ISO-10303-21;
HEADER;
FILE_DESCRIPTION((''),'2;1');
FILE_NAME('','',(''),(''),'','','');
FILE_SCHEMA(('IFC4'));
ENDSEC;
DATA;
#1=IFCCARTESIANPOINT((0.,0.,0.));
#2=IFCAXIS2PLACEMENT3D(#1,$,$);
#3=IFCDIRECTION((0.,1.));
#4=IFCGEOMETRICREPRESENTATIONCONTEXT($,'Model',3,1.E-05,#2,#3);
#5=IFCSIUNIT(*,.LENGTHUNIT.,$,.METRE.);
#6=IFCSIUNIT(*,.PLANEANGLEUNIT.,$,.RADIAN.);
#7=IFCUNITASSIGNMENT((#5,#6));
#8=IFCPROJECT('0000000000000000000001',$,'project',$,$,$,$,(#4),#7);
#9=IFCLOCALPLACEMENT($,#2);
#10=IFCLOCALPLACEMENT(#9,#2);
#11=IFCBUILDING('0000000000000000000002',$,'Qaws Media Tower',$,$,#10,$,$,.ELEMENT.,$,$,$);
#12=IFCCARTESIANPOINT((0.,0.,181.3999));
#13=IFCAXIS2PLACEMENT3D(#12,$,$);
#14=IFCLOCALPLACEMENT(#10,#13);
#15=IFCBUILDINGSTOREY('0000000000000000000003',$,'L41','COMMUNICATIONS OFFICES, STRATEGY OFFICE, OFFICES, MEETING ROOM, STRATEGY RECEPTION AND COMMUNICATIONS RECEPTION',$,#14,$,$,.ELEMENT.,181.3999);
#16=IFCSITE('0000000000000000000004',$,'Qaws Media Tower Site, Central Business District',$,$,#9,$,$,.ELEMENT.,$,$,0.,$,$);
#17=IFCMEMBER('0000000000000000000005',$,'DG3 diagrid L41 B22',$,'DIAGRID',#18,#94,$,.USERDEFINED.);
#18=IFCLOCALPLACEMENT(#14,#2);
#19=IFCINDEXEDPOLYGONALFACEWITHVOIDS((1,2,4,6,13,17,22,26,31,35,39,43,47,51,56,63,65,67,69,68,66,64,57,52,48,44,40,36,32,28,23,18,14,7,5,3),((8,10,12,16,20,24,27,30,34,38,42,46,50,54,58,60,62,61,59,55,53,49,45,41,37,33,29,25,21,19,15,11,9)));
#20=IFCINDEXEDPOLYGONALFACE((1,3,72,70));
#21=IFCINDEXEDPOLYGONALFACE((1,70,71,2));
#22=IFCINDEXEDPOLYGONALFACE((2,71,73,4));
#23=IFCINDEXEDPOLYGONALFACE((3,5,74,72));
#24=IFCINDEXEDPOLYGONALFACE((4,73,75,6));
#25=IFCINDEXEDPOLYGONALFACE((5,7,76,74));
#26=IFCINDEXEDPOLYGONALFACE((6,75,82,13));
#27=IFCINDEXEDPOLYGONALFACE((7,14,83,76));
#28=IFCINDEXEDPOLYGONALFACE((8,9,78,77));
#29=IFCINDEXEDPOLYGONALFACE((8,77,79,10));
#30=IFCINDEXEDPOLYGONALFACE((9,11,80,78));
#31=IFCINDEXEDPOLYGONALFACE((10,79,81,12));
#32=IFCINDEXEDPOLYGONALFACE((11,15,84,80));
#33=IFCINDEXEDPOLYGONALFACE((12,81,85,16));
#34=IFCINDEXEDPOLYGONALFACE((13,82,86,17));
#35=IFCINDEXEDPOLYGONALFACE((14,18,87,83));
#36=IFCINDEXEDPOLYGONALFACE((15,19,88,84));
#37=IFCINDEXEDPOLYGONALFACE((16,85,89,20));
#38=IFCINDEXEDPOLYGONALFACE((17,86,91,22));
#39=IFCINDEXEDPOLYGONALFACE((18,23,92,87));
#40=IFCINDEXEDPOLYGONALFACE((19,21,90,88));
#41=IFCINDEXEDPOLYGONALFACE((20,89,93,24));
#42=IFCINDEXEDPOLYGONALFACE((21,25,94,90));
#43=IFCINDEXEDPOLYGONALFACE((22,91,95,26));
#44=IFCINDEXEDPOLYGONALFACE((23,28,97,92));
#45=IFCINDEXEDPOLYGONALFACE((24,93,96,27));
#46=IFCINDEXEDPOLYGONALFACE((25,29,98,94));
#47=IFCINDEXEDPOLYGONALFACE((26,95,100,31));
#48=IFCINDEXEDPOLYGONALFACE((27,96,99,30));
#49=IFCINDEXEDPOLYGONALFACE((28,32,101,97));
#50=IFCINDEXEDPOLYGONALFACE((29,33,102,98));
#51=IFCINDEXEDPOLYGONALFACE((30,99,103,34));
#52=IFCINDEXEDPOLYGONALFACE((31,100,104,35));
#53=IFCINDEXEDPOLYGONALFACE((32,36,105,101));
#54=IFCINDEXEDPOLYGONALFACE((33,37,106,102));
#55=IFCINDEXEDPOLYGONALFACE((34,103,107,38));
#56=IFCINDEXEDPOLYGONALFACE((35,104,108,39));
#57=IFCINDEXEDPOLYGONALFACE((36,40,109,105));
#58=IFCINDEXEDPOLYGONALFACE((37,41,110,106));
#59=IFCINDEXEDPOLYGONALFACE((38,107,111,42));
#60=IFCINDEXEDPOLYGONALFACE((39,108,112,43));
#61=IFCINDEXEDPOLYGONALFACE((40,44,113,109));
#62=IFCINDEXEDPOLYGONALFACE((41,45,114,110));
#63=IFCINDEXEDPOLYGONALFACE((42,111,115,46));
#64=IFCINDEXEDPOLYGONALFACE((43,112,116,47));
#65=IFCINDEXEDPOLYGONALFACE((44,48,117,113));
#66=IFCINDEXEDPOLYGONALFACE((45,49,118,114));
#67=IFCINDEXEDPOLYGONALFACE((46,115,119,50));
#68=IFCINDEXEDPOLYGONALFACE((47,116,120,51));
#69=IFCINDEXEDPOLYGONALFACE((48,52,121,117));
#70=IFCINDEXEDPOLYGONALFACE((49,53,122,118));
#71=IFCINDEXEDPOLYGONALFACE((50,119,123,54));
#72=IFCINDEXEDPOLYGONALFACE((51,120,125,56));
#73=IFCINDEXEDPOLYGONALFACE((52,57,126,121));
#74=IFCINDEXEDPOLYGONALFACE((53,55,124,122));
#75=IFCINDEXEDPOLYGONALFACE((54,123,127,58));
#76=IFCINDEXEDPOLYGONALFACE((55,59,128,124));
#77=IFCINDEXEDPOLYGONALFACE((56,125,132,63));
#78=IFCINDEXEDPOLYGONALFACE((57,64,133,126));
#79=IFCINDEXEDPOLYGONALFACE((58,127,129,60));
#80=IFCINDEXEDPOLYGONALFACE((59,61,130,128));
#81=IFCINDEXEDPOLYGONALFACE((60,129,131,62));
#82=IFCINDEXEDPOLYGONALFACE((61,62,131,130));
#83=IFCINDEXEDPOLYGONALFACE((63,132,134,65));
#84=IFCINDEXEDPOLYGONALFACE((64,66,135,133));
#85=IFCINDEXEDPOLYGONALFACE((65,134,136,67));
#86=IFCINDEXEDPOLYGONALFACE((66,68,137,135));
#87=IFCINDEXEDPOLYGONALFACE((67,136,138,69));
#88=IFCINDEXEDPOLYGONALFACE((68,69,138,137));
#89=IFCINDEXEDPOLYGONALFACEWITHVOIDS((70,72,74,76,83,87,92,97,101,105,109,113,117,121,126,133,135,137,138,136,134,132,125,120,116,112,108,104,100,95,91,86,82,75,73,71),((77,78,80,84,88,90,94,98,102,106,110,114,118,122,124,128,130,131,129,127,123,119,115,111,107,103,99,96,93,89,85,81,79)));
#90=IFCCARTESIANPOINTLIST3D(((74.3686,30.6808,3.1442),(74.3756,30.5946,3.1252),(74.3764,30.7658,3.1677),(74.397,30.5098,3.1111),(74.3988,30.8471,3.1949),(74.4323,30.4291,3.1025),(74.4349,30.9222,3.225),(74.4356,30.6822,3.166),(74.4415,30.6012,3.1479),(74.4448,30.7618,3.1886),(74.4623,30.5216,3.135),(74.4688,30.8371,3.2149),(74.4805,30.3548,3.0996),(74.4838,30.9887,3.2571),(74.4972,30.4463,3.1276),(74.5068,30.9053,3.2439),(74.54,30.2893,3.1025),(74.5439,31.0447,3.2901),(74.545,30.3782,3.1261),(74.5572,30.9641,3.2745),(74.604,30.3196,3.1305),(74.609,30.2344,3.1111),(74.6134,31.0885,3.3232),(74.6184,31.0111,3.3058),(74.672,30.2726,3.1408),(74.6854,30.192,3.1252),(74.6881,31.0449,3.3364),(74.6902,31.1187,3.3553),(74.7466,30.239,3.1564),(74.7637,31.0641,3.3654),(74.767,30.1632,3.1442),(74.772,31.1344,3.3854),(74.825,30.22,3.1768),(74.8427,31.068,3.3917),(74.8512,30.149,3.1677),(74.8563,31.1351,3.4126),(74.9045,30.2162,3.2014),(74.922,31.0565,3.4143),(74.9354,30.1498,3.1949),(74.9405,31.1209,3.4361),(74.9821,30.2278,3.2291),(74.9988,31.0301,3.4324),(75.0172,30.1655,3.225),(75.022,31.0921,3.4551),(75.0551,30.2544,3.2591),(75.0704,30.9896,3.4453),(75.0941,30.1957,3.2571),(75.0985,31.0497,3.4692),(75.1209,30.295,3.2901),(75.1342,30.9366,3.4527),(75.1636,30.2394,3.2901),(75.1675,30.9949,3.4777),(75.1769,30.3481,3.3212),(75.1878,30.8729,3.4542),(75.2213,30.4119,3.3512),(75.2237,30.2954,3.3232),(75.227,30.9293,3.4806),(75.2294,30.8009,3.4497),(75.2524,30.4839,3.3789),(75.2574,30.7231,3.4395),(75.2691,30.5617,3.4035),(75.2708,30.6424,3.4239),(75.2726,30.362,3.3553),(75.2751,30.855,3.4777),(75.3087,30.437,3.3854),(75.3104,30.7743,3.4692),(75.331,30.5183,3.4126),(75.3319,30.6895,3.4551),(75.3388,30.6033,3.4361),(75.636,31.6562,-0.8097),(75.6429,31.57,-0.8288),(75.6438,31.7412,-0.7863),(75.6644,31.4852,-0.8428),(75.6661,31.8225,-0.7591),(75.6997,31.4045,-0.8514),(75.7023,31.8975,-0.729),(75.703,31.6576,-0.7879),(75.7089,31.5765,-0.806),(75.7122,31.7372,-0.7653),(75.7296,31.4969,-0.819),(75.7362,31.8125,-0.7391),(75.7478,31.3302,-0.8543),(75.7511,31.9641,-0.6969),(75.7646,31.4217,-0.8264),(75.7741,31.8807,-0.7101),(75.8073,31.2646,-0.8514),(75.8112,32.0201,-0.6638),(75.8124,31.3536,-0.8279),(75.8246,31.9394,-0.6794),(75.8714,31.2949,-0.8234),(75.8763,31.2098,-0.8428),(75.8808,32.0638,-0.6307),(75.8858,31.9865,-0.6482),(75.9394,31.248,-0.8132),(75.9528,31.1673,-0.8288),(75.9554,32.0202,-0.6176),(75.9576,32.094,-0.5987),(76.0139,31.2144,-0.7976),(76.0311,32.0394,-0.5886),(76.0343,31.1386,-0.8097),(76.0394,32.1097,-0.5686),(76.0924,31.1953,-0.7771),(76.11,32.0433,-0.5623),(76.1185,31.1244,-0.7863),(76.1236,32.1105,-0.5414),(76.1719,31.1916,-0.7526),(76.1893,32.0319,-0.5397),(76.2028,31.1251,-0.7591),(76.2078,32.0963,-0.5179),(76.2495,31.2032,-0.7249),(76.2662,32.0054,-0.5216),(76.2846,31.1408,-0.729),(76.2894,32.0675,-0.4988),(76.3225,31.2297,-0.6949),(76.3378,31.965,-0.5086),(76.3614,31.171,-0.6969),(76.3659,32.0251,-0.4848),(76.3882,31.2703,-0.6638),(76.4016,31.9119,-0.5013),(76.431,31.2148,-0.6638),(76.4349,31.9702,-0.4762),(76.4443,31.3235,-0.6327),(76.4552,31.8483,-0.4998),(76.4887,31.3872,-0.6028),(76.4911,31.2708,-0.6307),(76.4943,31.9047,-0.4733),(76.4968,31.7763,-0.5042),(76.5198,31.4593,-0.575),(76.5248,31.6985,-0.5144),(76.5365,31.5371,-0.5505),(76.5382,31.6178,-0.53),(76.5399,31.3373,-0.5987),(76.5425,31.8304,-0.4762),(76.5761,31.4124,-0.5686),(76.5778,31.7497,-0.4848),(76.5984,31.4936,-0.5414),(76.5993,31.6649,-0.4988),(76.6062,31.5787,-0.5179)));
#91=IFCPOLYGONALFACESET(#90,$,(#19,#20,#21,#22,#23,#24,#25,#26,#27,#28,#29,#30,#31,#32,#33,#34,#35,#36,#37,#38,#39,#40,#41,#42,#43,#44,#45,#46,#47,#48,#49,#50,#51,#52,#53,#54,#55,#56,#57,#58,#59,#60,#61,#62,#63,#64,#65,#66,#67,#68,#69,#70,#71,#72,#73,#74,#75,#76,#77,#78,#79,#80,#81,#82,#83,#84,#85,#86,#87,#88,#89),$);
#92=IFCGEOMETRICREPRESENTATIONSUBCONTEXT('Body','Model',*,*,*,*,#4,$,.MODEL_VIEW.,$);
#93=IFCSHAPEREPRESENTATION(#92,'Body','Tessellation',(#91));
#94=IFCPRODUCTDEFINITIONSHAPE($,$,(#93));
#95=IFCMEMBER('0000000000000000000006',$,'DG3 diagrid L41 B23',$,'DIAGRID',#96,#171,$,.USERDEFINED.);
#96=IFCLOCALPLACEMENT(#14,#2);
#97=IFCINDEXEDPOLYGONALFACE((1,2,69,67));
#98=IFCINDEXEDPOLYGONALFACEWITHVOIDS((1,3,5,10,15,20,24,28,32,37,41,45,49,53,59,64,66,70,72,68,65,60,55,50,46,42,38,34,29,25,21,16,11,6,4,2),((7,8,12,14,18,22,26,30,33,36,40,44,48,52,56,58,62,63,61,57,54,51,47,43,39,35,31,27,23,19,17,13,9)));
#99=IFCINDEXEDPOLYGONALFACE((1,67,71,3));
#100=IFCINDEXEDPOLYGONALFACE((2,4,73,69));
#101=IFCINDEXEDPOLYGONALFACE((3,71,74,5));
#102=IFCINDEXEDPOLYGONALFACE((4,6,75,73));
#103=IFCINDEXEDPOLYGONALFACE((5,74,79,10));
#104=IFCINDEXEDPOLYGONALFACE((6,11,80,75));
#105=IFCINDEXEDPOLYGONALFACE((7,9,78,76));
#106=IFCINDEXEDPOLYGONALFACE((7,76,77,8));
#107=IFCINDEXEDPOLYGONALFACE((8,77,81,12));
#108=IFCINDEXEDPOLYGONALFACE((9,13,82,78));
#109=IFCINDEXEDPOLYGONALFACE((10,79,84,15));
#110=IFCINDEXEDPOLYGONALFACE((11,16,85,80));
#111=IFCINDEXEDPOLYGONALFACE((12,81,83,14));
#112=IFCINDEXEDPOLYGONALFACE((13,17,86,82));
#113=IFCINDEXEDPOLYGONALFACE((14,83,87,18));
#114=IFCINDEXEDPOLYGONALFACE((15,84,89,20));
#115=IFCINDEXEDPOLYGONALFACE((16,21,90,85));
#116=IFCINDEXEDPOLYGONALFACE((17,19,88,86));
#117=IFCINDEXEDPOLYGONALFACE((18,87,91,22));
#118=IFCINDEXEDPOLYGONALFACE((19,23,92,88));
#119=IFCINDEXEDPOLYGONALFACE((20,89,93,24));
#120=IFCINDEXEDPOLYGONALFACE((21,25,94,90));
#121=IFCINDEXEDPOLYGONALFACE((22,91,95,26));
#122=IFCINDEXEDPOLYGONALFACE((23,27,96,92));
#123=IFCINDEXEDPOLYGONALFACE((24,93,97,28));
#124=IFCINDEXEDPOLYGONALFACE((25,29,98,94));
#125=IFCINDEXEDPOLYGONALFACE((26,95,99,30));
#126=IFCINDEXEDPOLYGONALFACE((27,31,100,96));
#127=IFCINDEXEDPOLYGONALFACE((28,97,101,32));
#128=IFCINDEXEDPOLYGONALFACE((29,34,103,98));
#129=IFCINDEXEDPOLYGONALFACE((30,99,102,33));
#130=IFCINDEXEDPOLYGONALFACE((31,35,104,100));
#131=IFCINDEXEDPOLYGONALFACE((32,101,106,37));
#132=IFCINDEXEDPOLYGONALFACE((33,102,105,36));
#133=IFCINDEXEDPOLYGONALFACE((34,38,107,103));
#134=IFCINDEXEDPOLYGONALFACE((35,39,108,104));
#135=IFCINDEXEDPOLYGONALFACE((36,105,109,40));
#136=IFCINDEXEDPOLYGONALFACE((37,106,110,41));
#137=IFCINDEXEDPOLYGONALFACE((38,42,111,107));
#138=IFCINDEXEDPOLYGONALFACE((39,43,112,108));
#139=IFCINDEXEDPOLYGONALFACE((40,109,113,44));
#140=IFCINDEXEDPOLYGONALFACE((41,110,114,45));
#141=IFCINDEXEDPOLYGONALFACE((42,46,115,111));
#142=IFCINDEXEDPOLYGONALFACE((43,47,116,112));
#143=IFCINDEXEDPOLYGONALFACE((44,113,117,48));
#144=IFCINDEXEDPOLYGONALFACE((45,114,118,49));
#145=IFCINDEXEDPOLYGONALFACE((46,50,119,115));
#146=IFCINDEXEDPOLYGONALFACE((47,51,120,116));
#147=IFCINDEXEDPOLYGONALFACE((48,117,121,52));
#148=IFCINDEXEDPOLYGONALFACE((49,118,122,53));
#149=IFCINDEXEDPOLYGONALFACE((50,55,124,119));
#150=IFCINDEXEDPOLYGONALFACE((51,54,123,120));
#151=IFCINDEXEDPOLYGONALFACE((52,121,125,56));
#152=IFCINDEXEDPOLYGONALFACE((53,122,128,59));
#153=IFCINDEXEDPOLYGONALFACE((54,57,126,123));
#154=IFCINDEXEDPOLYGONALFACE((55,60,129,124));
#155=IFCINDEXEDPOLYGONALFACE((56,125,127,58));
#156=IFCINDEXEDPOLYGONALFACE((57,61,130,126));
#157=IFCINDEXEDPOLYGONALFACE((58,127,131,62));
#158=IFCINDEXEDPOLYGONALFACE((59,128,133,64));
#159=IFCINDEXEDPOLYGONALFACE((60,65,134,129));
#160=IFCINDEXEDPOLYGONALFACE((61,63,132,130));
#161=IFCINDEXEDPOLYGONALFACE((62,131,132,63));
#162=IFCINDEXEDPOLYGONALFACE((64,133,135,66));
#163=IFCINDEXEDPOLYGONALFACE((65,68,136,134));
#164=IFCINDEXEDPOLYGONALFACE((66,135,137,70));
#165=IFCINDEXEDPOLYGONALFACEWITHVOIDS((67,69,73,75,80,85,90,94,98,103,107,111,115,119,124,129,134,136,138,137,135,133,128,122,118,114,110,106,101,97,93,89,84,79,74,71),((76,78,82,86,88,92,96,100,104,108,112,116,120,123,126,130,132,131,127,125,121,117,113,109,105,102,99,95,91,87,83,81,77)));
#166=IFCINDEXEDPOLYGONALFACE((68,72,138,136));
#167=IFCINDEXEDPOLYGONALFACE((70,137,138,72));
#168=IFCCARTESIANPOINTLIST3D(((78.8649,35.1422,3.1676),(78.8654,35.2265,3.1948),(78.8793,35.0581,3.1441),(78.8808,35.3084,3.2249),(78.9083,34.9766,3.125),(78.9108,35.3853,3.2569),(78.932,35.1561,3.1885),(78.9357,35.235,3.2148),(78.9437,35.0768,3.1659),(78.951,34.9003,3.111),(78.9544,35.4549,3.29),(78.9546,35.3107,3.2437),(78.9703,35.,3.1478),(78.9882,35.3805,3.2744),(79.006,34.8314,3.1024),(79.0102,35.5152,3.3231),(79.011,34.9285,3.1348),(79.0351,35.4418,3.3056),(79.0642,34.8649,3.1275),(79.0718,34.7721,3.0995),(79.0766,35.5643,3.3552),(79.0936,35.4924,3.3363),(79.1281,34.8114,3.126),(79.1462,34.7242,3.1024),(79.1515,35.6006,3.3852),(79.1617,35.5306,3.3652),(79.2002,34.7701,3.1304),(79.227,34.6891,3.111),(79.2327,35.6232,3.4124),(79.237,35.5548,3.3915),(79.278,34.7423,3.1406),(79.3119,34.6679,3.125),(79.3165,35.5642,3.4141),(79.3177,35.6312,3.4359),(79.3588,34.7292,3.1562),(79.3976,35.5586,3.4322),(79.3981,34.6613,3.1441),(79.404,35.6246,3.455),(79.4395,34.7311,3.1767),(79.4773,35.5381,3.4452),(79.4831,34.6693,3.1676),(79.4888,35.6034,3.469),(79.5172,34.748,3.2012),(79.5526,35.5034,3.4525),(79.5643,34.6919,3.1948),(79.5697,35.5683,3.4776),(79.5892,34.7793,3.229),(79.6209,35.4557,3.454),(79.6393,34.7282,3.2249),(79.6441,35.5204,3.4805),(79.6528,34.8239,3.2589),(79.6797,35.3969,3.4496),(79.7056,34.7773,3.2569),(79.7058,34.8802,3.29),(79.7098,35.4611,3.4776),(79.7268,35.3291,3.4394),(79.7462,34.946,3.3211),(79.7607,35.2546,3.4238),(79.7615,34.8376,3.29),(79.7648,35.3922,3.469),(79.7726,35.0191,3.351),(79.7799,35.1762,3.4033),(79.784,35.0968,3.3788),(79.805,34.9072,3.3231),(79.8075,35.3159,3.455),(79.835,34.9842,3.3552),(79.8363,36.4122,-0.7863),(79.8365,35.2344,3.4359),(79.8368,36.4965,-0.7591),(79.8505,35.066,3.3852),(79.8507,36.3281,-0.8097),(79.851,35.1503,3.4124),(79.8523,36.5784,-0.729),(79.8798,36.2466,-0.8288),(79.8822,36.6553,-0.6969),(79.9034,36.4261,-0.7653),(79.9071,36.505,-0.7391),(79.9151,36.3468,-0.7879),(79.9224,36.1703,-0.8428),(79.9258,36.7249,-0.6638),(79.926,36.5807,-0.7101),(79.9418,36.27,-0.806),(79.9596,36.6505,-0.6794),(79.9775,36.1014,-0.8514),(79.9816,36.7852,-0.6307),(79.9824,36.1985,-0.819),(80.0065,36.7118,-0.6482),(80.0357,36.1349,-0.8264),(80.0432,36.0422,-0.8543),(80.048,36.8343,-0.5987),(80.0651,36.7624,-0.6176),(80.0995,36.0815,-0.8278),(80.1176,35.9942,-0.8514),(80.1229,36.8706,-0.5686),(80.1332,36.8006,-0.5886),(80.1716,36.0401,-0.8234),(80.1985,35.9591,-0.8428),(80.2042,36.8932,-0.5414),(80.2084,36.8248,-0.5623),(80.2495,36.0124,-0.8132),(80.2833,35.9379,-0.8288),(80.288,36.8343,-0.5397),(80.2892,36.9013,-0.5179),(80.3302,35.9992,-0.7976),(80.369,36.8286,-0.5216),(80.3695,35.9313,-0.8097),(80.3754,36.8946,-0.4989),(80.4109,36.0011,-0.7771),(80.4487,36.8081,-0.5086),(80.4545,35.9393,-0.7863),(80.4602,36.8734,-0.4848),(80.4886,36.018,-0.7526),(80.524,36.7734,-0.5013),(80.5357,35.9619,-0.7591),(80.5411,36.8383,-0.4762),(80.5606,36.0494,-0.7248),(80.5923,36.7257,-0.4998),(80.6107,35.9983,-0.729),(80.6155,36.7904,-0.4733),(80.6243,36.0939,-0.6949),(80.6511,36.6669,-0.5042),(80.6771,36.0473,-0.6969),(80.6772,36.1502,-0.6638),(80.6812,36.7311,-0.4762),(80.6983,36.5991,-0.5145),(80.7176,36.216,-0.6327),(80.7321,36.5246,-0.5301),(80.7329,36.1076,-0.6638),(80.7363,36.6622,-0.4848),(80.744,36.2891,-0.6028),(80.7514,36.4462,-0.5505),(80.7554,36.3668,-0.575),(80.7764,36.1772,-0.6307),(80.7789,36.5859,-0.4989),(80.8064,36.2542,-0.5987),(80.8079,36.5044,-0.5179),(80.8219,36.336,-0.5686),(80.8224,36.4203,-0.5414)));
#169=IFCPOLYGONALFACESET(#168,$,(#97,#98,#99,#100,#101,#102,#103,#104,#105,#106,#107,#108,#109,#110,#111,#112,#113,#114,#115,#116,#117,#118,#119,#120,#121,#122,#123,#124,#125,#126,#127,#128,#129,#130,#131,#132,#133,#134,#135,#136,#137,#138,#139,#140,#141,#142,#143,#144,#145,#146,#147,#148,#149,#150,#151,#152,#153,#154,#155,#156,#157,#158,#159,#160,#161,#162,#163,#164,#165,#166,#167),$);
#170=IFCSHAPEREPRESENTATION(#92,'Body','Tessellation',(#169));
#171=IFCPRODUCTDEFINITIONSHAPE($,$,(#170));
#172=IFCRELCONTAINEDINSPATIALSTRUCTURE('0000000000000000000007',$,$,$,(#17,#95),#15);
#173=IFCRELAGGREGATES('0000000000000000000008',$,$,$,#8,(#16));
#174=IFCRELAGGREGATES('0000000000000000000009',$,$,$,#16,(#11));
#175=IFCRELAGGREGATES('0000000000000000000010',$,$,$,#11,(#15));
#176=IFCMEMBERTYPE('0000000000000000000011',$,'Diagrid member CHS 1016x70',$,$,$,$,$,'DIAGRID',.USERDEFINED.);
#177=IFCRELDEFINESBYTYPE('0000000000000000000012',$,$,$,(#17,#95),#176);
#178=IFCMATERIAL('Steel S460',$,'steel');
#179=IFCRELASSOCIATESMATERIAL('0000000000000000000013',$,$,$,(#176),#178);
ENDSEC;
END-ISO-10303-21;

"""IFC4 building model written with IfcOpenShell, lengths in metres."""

from ifc_helpers import new_model, si_unit, direction, frame, origin, origin_2d, place, context, subcontext, project, spatial, hollow_circle, extrude, material, material_profile, profile_set, type_object, element, save


model = new_model("IFC4")

# Units and contexts
model_context = context("Model", 3, precision=1e-05, world=origin(), true_north=direction((0.0, 1.0)))
body_context = subcontext(model_context, "Body", "Model", "MODEL_VIEW")
ifc_project = project(units=[si_unit("LENGTHUNIT", "METRE"), si_unit("PLANEANGLEUNIT", "RADIAN")], contexts=[model_context])

# Site, building, storey
site_placement = place(None, origin())
site = spatial("IfcSite", under=ifc_project, at=site_placement, Name="Qaws Media Tower Site, Central Business District", CompositionType="ELEMENT", RefElevation=0.0)
building_placement = place(site_placement, origin())
building = spatial("IfcBuilding", under=site, at=building_placement, Name="Qaws Media Tower", CompositionType="ELEMENT")
storey_placement = place(building_placement, frame((0.0, 0.0, 181.3999)))
storey = spatial("IfcBuildingStorey", under=building, at=storey_placement, Name="L41", Description="COMMUNICATIONS OFFICES, STRATEGY OFFICE, OFFICES, MEETING ROOM, STRATEGY RECEPTION AND COMMUNICATIONS RECEPTION", CompositionType="ELEMENT", Elevation=181.3999)

# Members
ifc_material_1 = material(Name="Steel S460", Category="steel")
ifc_material_profile_1 = material_profile(ifc_material_1, hollow_circle(Radius=0.5081, WallThickness=0.0701, at=origin_2d()), Name="CHS 1016x70")
ifc_profile_set_1 = profile_set([ifc_material_profile_1], Name="Steel S460")
member_type_1 = type_object("IfcMemberType", Name="Diagrid member CHS 1016x70", ElementType="DIAGRID", PredefinedType="USERDEFINED", material=ifc_profile_set_1)
for number, where, z_axis, x_axis, name in (
    (1, (76.1211, 31.6174, -0.6638), (-0.297146, -0.228684, 0.927043), (0.609895, -0.792482, 0.0), "DG3 diagrid L41 B22"),
):
    element("IfcMember", number, at=place(storey_placement, frame(where, z_axis=z_axis, x_axis=x_axis)), inside=storey, type_object=member_type_1, Name=name, ObjectType="DIAGRID", PredefinedType="USERDEFINED", context=body_context, shape_type="SweptSolid", body=[
        extrude(hollow_circle(Radius=0.5081, WallThickness=0.0701, at=origin_2d()), origin(), (0.0, 0.0, 1.0), 4.2651),
    ])
member_1_placement = place(storey_placement, frame((80.3293, 36.4163, -0.6638), z_axis=(-0.227773, -0.297782, 0.927063), x_axis=(0.794284, -0.607546, 0.0)))
element("IfcMember", 2, at=member_1_placement, inside=storey, type_object=member_type_1, Name="DG3 diagrid L41 B23", ObjectType="DIAGRID", PredefinedType="USERDEFINED", context=body_context, shape_type="SweptSolid", body=[
    extrude(hollow_circle(Radius=0.5081, WallThickness=0.0701, at=origin_2d()), origin(), (0.0, 0.0, 1.0), 4.2649),
])

save(model, "model.ifc")
